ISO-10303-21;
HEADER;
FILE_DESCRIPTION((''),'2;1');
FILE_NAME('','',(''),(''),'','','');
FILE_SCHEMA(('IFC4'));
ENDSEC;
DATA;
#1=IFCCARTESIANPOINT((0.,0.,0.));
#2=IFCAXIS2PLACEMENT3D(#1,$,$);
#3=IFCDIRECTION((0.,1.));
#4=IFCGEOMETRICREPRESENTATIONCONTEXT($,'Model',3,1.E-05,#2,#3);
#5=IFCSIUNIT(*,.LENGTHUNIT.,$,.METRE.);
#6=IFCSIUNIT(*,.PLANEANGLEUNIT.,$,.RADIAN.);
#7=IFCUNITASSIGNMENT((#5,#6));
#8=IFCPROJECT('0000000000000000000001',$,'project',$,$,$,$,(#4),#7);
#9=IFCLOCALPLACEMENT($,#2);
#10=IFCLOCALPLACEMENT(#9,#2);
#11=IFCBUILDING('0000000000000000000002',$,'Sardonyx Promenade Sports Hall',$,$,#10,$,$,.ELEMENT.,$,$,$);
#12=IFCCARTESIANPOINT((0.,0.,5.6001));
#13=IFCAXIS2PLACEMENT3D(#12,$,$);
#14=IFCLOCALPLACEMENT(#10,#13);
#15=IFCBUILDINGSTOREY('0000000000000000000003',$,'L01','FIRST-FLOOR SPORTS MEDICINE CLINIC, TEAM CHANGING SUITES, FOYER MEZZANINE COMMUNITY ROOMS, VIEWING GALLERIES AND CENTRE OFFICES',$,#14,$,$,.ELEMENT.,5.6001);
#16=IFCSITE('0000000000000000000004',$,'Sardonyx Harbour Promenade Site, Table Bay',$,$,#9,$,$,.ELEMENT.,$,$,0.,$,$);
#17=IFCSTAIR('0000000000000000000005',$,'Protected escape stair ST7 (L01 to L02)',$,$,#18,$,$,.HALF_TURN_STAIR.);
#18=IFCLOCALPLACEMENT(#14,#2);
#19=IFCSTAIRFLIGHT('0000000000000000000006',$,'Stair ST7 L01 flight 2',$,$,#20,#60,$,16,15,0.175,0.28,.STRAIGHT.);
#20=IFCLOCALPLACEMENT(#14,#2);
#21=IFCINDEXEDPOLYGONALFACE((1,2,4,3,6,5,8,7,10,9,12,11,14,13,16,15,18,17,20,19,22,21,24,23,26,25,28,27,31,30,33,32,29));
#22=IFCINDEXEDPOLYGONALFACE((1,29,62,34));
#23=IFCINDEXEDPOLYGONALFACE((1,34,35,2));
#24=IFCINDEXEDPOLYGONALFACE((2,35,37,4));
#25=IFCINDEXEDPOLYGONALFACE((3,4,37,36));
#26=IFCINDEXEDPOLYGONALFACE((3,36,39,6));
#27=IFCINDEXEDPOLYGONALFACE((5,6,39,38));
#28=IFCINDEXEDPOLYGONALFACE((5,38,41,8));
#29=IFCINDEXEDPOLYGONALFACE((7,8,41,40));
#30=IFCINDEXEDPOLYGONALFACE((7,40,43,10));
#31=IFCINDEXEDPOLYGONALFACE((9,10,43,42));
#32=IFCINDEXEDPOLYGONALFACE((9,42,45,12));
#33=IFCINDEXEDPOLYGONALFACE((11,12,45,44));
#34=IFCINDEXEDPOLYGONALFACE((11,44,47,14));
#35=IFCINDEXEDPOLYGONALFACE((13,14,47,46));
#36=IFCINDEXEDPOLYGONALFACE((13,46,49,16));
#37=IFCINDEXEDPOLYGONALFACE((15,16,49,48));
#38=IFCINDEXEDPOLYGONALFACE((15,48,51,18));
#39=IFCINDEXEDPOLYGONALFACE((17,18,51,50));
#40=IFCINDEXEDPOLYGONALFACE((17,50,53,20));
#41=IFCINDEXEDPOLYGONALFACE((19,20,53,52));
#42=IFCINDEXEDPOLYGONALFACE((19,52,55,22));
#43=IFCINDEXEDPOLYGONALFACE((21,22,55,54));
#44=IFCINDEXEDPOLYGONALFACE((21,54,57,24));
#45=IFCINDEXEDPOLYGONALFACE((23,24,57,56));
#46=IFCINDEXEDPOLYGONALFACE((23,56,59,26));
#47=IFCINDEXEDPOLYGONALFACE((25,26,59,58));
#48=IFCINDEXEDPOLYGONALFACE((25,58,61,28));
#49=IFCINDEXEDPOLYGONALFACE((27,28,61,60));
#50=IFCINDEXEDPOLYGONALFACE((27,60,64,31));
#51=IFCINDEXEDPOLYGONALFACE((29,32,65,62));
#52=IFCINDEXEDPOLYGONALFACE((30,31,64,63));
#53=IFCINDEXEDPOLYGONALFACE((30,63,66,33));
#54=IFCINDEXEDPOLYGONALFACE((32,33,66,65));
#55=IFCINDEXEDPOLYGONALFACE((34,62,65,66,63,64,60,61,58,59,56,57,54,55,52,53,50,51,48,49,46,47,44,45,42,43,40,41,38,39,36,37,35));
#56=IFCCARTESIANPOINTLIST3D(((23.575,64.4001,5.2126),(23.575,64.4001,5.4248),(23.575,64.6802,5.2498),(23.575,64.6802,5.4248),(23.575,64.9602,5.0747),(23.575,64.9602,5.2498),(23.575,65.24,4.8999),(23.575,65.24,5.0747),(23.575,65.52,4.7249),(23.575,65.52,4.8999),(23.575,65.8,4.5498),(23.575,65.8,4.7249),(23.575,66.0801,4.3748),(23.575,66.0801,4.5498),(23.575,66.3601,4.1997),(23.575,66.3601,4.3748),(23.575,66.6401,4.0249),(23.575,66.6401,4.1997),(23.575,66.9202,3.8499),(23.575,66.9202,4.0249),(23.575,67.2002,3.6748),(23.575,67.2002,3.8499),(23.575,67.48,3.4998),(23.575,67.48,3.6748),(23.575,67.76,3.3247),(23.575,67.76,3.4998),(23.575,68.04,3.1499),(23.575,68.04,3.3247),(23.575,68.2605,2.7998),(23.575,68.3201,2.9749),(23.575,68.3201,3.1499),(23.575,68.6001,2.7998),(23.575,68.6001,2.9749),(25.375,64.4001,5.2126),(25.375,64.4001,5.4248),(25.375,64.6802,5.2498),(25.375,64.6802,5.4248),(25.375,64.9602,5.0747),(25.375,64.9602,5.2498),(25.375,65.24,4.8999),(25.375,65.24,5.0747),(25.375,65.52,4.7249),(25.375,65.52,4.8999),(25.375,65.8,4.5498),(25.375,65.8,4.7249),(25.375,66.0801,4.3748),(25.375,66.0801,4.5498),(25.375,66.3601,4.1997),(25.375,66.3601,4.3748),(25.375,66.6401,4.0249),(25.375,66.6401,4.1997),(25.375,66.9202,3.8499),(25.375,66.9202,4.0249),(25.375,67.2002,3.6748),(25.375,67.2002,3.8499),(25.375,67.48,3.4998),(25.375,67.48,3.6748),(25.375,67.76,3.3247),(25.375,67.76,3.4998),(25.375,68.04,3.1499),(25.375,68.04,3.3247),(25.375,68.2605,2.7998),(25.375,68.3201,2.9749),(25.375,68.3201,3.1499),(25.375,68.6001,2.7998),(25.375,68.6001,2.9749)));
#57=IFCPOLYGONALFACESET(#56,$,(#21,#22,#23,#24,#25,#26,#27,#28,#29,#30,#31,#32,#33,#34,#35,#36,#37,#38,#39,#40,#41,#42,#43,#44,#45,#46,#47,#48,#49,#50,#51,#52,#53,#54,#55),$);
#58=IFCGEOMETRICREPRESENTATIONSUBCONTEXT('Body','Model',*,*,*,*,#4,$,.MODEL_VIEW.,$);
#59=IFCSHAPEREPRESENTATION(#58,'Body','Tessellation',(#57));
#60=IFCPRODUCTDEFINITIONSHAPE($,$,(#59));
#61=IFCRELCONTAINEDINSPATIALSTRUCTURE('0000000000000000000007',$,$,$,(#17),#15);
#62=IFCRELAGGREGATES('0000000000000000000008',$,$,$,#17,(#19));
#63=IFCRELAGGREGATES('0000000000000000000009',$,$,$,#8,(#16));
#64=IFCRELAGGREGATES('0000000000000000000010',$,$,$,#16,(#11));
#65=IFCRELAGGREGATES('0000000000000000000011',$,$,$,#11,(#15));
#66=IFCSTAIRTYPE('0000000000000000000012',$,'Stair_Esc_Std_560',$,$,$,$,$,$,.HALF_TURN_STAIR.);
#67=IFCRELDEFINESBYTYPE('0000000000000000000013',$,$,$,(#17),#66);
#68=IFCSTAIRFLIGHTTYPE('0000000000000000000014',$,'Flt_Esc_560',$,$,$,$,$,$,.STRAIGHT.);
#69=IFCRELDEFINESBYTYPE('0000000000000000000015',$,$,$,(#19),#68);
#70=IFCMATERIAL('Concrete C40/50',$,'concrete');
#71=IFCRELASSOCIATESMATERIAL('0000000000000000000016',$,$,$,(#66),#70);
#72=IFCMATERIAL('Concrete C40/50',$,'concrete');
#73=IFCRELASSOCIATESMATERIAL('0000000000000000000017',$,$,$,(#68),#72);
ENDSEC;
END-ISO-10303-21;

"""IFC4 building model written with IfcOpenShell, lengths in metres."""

from ifc_helpers import new_model, si_unit, direction, frame, origin, place, context, subcontext, project, spatial, polyline, outline, extrude, material, type_object, element, aggregate, save


model = new_model("IFC4")

# Units and contexts
model_context = context("Model", 3, precision=1e-05, world=origin(), true_north=direction((0.0, 1.0)))
body_context = subcontext(model_context, "Body", "Model", "MODEL_VIEW")
ifc_project = project(units=[si_unit("LENGTHUNIT", "METRE"), si_unit("PLANEANGLEUNIT", "RADIAN")], contexts=[model_context])

# Site, building, storey
site_placement = place(None, origin())
site = spatial("IfcSite", under=ifc_project, at=site_placement, Name="Sardonyx Harbour Promenade Site, Table Bay", CompositionType="ELEMENT", RefElevation=0.0)
building_placement = place(site_placement, origin())
building = spatial("IfcBuilding", under=site, at=building_placement, Name="Sardonyx Promenade Sports Hall", CompositionType="ELEMENT")
storey_placement = place(building_placement, frame((0.0, 0.0, 5.6001)))
storey = spatial("IfcBuildingStorey", under=building, at=storey_placement, Name="L01", Description="FIRST-FLOOR SPORTS MEDICINE CLINIC, TEAM CHANGING SUITES, FOYER MEZZANINE COMMUNITY ROOMS, VIEWING GALLERIES AND CENTRE OFFICES", CompositionType="ELEMENT", Elevation=5.6001)

# Stair, stair flight
ifc_material_1 = material(Name="Concrete C40/50", Category="concrete")
stair_type = type_object("IfcStairType", Name="Stair_Esc_Std_560", PredefinedType="HALF_TURN_STAIR", material=ifc_material_1)
stair_placement = place(storey_placement, origin())
stair = element("IfcStair", 1, at=stair_placement, inside=storey, type_object=stair_type, Name="Protected escape stair ST7 (L01 to L02)", PredefinedType="HALF_TURN_STAIR")
ifc_material_2 = material(Name="Concrete C40/50", Category="concrete")
stair_flight_type = type_object("IfcStairFlightType", Name="Flt_Esc_560", PredefinedType="STRAIGHT", material=ifc_material_2)
stair_flight_1_placement = place(storey_placement, frame((24.4751, 68.6001, 2.7998), z_axis=(0.0, 0.0, 1.0), x_axis=(0.0, -1.0, 0.0)))
stair_flight_1 = element("IfcStairFlight", 2, at=stair_flight_1_placement, type_object=stair_flight_type, Name="Stair ST7 L01 flight 2", NumberOfRisers=16, NumberOfTreads=15, PredefinedType="STRAIGHT", RiserHeight=0.175, TreadLength=0.28, context=body_context, shape_type="SweptSolid", body=[
    extrude(outline(polyline([(0.0, 0.0), (0.0, 0.175), (0.28, 0.175), (0.28, 0.3501), (0.5601, 0.3501), (0.5601, 0.5249), (0.8401, 0.5249), (0.8401, 0.7), (1.1201, 0.7), (1.1201, 0.875), (1.3999, 0.875), (1.3999, 1.05), (1.6799, 1.05), (1.6799, 1.2251), (1.96, 1.2251), (1.96, 1.3999), (2.24, 1.3999), (2.24, 1.575), (2.52, 1.575), (2.52, 1.75), (2.8, 1.75), (2.8, 1.925), (3.0801, 1.925), (3.0801, 2.1001), (3.3601, 2.1001), (3.3601, 2.2749), (3.6399, 2.2749), (3.6399, 2.45), (3.9199, 2.45), (3.9199, 2.625), (4.2, 2.625), (4.2, 2.8), (4.2, 2.4128), (0.3396, 0.0), (0.0, 0.0)])), frame((0.0, 0.8999, 0.0), z_axis=(0.0, -1.0, 0.0), x_axis=(1.0, 0.0, 0.0)), (0.0, 0.0, 1.0), 1.8),
])
aggregate(stair, [stair_flight_1])

save(model, "model.ifc")
